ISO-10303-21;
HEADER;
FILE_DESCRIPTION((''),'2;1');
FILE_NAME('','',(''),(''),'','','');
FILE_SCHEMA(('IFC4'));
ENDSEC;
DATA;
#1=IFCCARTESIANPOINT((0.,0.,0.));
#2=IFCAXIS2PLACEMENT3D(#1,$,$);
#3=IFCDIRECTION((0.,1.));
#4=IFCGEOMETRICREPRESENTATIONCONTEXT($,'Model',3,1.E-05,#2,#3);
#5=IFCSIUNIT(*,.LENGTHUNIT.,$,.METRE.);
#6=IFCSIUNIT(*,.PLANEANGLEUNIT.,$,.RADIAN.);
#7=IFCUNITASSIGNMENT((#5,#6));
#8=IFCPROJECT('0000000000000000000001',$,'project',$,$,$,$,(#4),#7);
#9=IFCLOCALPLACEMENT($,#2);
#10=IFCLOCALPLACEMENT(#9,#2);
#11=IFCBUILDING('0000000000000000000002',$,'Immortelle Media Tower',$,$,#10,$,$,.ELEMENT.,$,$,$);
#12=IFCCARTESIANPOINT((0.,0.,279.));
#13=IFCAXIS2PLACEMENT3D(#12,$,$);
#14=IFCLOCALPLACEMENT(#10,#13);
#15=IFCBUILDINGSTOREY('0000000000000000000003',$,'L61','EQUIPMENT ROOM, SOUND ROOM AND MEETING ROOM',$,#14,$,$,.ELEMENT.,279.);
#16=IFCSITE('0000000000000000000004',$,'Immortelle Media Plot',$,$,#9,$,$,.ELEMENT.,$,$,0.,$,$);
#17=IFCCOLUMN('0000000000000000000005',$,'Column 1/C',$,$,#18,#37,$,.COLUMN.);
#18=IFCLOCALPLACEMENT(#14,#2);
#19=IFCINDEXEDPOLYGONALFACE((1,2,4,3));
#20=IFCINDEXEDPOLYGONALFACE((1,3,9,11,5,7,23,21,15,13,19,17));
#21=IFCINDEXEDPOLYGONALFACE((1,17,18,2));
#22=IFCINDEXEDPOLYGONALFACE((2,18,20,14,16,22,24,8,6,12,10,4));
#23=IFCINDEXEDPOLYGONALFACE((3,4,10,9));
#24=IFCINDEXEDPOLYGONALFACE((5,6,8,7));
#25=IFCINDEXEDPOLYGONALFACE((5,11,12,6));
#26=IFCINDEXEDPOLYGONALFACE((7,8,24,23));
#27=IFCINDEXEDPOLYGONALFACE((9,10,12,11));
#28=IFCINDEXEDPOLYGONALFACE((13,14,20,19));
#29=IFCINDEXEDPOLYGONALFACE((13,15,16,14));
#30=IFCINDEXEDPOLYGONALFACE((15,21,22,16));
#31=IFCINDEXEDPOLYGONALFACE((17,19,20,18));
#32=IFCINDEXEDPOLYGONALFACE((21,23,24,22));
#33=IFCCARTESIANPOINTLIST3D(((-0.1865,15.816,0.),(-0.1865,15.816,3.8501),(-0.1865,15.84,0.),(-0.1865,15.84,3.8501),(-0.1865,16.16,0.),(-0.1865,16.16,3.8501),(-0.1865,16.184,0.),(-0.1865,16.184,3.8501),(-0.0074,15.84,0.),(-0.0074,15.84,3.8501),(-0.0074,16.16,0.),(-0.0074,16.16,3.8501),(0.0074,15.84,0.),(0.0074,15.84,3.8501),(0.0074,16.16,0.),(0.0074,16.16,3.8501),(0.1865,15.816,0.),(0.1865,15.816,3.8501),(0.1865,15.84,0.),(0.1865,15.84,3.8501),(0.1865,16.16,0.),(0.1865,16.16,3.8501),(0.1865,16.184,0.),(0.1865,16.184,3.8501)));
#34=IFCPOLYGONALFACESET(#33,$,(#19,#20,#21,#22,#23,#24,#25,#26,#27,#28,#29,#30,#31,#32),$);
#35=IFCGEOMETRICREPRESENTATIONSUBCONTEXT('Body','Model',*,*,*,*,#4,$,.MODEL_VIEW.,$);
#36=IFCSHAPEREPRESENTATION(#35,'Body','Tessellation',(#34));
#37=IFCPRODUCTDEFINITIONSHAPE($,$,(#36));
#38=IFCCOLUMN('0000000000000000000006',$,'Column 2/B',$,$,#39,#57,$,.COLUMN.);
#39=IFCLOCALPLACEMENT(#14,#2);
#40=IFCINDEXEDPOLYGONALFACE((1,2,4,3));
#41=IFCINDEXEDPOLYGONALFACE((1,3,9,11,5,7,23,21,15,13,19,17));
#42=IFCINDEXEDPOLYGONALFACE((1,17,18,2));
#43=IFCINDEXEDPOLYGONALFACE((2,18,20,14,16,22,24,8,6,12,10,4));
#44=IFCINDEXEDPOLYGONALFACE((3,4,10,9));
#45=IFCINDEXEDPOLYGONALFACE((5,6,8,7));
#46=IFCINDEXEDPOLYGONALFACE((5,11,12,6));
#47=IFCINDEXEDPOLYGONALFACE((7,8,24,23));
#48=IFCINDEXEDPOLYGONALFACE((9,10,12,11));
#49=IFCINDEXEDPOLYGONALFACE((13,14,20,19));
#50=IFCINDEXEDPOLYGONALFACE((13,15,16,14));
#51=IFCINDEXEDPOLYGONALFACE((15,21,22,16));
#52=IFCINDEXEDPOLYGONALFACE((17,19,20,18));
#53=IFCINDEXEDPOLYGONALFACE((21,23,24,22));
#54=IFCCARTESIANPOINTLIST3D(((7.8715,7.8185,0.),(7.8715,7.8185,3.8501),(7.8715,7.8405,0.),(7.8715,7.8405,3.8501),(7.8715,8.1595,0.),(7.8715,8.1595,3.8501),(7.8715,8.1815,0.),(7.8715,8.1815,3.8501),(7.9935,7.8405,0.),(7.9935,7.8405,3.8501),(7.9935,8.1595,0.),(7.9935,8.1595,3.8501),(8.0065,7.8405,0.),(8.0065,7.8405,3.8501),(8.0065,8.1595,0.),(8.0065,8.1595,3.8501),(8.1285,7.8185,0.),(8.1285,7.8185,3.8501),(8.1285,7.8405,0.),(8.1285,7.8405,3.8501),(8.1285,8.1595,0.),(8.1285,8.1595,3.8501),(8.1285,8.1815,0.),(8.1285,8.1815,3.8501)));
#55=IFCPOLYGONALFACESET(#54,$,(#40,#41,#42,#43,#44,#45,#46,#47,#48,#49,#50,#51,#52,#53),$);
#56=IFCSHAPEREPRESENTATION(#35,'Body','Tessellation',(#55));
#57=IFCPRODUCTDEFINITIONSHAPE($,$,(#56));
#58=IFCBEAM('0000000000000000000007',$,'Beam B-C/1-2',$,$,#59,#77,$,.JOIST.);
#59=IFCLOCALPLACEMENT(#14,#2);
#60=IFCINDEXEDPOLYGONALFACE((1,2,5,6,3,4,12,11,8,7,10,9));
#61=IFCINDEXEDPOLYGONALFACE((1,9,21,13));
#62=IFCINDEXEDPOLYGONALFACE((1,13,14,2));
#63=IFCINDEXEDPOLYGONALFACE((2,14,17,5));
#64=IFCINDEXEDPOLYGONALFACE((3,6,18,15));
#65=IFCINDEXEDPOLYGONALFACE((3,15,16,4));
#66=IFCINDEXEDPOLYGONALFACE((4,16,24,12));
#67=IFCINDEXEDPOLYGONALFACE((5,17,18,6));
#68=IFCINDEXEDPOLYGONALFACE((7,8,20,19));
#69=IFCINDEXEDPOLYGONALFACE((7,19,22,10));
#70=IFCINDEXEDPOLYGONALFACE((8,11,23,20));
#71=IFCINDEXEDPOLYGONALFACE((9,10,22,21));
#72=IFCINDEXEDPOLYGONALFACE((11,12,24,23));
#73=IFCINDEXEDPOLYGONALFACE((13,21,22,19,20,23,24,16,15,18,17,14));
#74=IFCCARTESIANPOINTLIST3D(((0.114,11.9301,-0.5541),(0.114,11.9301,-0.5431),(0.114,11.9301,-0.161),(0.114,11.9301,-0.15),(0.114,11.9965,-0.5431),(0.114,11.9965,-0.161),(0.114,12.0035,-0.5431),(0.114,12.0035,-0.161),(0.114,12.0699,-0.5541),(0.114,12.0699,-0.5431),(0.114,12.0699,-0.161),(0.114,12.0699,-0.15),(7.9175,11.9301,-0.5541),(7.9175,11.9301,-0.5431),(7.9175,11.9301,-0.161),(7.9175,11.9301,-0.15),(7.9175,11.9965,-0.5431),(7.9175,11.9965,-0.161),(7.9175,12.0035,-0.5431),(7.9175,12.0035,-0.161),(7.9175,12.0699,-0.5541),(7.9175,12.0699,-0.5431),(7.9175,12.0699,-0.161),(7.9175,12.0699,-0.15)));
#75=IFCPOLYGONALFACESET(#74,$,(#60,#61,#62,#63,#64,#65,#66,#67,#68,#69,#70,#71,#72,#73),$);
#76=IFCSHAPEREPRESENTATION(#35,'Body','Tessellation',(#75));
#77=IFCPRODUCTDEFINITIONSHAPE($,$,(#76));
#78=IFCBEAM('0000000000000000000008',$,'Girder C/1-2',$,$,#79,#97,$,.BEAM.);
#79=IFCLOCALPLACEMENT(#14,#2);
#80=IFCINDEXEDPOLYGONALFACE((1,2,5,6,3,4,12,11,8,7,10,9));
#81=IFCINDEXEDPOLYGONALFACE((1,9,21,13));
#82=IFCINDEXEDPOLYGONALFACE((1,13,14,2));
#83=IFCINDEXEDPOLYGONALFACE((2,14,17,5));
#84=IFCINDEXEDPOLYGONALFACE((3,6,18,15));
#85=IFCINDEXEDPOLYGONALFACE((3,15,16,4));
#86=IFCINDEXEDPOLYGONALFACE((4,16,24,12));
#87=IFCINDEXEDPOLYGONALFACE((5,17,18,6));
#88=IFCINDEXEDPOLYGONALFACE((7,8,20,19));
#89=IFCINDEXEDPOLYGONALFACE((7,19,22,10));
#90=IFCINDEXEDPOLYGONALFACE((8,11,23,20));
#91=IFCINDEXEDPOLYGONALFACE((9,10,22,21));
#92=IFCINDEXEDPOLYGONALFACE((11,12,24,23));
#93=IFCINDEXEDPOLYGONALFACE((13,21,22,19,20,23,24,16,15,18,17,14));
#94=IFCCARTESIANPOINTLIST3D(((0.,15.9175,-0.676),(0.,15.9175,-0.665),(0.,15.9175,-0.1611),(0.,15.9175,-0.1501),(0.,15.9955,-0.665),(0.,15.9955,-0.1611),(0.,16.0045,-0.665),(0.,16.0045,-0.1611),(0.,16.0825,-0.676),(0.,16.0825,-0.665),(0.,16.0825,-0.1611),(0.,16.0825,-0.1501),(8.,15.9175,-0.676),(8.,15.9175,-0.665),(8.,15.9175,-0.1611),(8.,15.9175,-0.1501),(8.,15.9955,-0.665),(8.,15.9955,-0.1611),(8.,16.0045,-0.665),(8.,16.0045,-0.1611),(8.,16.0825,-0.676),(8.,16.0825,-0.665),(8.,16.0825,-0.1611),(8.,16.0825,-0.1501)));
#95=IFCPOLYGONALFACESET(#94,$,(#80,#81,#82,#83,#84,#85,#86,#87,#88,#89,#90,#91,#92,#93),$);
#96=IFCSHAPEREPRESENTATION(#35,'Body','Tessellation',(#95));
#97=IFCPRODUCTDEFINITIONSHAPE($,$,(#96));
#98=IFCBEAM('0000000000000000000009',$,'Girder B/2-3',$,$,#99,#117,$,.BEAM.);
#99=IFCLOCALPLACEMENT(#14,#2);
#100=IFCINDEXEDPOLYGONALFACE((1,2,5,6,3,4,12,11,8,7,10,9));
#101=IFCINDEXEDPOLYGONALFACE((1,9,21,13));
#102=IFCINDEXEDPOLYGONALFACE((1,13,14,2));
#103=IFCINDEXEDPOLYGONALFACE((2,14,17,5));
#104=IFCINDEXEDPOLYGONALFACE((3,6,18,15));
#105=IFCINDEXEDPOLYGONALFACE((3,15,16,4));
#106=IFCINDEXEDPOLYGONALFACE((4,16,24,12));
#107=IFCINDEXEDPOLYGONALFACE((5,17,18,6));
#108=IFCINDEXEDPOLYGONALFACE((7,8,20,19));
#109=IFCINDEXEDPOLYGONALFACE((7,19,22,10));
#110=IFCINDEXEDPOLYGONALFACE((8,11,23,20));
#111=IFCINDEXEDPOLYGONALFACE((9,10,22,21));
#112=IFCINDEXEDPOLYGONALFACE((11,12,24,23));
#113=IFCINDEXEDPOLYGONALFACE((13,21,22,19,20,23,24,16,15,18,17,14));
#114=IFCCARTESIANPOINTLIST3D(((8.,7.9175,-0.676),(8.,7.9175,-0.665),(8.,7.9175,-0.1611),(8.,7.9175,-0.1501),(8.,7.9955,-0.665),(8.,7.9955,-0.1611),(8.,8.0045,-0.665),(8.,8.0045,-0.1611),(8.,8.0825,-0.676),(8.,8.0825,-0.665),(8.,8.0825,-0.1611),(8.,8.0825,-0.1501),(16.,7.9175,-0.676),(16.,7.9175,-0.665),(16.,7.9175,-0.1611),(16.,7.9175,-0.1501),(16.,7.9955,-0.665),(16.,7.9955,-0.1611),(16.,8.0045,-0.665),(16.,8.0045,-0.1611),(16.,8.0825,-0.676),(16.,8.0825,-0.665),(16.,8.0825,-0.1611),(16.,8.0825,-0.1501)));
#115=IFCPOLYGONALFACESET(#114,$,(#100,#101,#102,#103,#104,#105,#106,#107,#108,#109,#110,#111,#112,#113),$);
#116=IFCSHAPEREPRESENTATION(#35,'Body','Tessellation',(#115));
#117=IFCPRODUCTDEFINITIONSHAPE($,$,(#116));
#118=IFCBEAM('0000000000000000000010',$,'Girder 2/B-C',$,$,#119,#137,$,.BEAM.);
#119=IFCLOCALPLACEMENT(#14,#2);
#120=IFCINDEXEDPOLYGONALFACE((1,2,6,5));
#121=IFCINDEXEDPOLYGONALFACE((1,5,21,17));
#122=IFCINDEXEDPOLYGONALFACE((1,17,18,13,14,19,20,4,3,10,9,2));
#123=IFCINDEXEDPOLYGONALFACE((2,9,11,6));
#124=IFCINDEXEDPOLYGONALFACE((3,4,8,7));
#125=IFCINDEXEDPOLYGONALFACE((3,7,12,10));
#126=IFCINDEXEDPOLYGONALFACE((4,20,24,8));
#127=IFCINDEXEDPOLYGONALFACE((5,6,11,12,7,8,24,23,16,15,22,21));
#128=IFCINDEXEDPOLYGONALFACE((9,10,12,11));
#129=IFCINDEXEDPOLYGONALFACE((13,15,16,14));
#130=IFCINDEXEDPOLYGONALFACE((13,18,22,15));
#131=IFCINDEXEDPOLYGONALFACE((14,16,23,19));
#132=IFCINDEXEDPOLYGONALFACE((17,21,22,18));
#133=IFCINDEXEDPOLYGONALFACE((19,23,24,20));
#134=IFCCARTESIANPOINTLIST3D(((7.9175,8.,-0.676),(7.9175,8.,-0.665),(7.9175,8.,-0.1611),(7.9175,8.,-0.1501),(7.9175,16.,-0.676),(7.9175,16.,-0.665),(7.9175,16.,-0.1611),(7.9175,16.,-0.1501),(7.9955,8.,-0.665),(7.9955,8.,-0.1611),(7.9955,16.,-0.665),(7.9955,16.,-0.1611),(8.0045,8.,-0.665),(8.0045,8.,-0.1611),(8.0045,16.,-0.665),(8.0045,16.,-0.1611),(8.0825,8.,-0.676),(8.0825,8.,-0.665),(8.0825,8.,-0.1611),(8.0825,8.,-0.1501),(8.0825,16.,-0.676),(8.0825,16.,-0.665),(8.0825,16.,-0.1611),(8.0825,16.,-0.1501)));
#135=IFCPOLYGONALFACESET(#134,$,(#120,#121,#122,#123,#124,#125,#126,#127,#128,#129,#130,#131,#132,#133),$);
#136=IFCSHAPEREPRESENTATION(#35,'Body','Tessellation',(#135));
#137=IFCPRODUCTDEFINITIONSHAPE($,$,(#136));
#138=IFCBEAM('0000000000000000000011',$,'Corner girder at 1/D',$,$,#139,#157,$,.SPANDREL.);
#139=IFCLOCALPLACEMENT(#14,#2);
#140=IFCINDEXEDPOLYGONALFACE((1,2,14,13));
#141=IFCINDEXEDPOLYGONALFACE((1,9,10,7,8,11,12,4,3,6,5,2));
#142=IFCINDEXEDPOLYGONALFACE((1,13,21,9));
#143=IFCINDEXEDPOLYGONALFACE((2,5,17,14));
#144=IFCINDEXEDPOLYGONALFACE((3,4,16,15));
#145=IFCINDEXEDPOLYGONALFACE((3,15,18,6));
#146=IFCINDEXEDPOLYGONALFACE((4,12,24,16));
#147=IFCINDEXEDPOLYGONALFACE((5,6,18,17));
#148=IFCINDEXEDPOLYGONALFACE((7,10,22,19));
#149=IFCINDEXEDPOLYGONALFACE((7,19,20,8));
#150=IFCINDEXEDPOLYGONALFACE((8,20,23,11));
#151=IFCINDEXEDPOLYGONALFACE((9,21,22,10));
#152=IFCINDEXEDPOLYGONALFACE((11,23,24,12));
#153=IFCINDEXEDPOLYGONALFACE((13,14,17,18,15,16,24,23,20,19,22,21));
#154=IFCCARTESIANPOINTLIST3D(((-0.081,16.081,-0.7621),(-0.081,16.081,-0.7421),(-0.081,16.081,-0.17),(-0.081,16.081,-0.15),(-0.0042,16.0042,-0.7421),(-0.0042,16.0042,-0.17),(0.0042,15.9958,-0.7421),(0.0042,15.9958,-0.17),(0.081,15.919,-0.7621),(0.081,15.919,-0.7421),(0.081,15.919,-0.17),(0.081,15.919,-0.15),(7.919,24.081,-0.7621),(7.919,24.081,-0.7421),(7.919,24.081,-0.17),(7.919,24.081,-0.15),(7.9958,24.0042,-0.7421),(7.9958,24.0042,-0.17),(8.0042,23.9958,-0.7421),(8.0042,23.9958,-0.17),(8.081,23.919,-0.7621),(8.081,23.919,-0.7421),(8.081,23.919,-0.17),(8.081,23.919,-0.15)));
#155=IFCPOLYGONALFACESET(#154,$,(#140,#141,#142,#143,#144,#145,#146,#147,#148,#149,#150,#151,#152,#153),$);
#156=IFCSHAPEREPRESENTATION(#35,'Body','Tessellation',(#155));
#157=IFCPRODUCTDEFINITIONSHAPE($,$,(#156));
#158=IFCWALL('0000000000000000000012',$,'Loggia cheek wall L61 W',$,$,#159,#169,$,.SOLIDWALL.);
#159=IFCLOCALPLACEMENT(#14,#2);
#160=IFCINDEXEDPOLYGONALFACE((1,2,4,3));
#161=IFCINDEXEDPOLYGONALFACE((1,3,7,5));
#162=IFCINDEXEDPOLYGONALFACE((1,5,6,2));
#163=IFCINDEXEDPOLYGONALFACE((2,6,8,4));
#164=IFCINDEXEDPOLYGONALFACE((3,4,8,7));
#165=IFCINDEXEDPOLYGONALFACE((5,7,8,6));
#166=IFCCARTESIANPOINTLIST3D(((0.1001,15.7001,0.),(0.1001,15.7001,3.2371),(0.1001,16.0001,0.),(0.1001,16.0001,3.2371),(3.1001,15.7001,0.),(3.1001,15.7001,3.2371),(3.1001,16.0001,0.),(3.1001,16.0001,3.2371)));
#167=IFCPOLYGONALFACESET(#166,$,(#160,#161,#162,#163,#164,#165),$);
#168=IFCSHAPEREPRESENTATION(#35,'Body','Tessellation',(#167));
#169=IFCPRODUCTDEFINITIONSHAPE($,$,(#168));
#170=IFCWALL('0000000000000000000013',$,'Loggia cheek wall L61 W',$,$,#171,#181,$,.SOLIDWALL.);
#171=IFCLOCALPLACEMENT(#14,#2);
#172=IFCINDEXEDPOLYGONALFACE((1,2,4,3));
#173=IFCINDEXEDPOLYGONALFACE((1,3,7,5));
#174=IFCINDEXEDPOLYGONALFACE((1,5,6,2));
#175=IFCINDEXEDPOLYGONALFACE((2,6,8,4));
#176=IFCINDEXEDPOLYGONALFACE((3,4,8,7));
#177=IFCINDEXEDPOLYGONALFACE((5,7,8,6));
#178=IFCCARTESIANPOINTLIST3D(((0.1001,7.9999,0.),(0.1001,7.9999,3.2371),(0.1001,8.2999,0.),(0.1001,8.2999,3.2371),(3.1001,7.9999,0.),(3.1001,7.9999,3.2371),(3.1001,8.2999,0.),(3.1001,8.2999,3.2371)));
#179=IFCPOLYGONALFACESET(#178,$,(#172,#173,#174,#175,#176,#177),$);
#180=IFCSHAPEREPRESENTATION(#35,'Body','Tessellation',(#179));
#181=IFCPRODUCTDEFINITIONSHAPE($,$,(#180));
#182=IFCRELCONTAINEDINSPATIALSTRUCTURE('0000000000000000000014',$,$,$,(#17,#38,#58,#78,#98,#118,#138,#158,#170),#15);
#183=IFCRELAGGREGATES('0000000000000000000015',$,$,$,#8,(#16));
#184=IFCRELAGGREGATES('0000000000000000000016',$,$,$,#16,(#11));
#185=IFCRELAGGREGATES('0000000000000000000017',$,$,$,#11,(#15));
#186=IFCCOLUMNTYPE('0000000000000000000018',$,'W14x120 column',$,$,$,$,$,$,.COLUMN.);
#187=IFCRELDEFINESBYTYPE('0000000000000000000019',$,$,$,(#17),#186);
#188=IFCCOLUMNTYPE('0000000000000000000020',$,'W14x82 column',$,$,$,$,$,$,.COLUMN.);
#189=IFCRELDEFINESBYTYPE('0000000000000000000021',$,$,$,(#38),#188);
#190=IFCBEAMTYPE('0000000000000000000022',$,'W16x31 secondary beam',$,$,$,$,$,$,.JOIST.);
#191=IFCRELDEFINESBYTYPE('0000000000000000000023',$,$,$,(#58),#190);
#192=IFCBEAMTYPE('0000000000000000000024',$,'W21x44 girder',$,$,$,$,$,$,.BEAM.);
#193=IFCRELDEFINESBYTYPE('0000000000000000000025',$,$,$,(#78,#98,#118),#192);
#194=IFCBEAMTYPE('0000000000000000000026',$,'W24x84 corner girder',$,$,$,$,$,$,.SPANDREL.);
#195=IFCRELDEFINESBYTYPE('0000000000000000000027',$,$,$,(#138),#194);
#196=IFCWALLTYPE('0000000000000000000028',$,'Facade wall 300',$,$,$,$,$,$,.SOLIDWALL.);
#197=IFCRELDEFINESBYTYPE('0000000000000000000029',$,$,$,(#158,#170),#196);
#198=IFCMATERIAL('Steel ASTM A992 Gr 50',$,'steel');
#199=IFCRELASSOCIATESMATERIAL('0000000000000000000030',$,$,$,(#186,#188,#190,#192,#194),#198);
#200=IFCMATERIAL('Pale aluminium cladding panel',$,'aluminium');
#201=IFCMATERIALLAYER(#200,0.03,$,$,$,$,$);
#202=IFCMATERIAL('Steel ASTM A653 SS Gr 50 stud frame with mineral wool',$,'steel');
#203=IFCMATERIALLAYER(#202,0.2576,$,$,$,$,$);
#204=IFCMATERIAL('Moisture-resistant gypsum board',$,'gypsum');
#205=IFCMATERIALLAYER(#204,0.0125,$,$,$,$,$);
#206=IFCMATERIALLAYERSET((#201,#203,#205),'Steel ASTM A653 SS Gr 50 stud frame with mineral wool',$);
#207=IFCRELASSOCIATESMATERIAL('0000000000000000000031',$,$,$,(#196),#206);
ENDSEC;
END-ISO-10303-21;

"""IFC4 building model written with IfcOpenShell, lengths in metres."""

from ifc_helpers import new_model, si_unit, direction, frame, frame_2d, origin, origin_2d, place, context, subcontext, project, spatial, rectangle, i_section, extrude, material, layer, layer_set, material_profile, profile_set, type_object, element, save


model = new_model("IFC4")

# Units and contexts
model_context = context("Model", 3, precision=1e-05, world=origin(), true_north=direction((0.0, 1.0)))
body_context = subcontext(model_context, "Body", "Model", "MODEL_VIEW")
ifc_project = project(units=[si_unit("LENGTHUNIT", "METRE"), si_unit("PLANEANGLEUNIT", "RADIAN")], contexts=[model_context])

# Site, building, storey
site_placement = place(None, origin())
site = spatial("IfcSite", under=ifc_project, at=site_placement, Name="Immortelle Media Plot", CompositionType="ELEMENT", RefElevation=0.0)
building_placement = place(site_placement, origin())
building = spatial("IfcBuilding", under=site, at=building_placement, Name="Immortelle Media Tower", CompositionType="ELEMENT")
storey_placement = place(building_placement, frame((0.0, 0.0, 279.0)))
storey = spatial("IfcBuildingStorey", under=building, at=storey_placement, Name="L61", Description="EQUIPMENT ROOM, SOUND ROOM AND MEETING ROOM", CompositionType="ELEMENT", Elevation=279.0)

# Columns
ifc_material_1 = material(Name="Steel ASTM A992 Gr 50", Category="steel")
ifc_material_profile_1 = material_profile(ifc_material_1, i_section(OverallWidth=0.373, OverallDepth=0.3679, WebThickness=0.0149, FlangeThickness=0.0239, at=origin_2d()), Name="W14x120")
ifc_profile_set_1 = profile_set([ifc_material_profile_1], Name="Steel ASTM A992 Gr 50")
column_type_1 = type_object("IfcColumnType", Name="W14x120 column", PredefinedType="COLUMN", material=ifc_profile_set_1)
column_1_placement = place(storey_placement, frame((0.0, 16.0, 0.0), z_axis=(0.0, 0.0, 1.0), x_axis=(1.0, 0.0, 0.0)))
element("IfcColumn", 1, at=column_1_placement, inside=storey, type_object=column_type_1, Name="Column 1/C", PredefinedType="COLUMN", context=body_context, shape_type="SweptSolid", body=[
    extrude(i_section(OverallWidth=0.373, OverallDepth=0.3679, WebThickness=0.0149, FlangeThickness=0.0239, at=origin_2d()), origin(), (0.0, 0.0, 1.0), 3.8501),
])
ifc_material_profile_2 = material_profile(ifc_material_1, i_section(OverallWidth=0.2571, OverallDepth=0.363, WebThickness=0.0129, FlangeThickness=0.022, at=origin_2d()), Name="W14x82")
ifc_profile_set_2 = profile_set([ifc_material_profile_2], Name="Steel ASTM A992 Gr 50")
column_type_2 = type_object("IfcColumnType", Name="W14x82 column", PredefinedType="COLUMN", material=ifc_profile_set_2)
column_2_placement = place(storey_placement, frame((8.0, 8.0, 0.0), z_axis=(0.0, 0.0, 1.0), x_axis=(1.0, 0.0, 0.0)))
element("IfcColumn", 2, at=column_2_placement, inside=storey, type_object=column_type_2, Name="Column 2/B", PredefinedType="COLUMN", context=body_context, shape_type="SweptSolid", body=[
    extrude(i_section(OverallWidth=0.2571, OverallDepth=0.363, WebThickness=0.0129, FlangeThickness=0.022, at=origin_2d()), origin(), (0.0, 0.0, 1.0), 3.8501),
])

# Beams
ifc_material_profile_3 = material_profile(ifc_material_1, i_section(OverallWidth=0.1399, OverallDepth=0.4041, WebThickness=0.0071, FlangeThickness=0.011, at=origin_2d()), Name="W16x31")
ifc_profile_set_3 = profile_set([ifc_material_profile_3], Name="Steel ASTM A992 Gr 50")
beam_type_1 = type_object("IfcBeamType", Name="W16x31 secondary beam", PredefinedType="JOIST", material=ifc_profile_set_3)
beam_1_placement = place(storey_placement, frame((0.114, 12.0, -0.3521), z_axis=(1.0, 0.0, 0.0), x_axis=(0.0, 1.0, 0.0)))
element("IfcBeam", 3, at=beam_1_placement, inside=storey, type_object=beam_type_1, Name="Beam B-C/1-2", PredefinedType="JOIST", context=body_context, shape_type="SweptSolid", body=[
    extrude(i_section(OverallWidth=0.1399, OverallDepth=0.4041, WebThickness=0.0071, FlangeThickness=0.011, at=origin_2d()), origin(), (0.0, 0.0, 1.0), 7.8035),
])
ifc_material_profile_4 = material_profile(ifc_material_1, i_section(OverallWidth=0.165, OverallDepth=0.5259, WebThickness=0.009, FlangeThickness=0.011, at=origin_2d()), Name="W21x44")
ifc_profile_set_4 = profile_set([ifc_material_profile_4], Name="Steel ASTM A992 Gr 50")
beam_type_2 = type_object("IfcBeamType", Name="W21x44 girder", PredefinedType="BEAM", material=ifc_profile_set_4)
for number, where, z_axis, x_axis, name in (
    (4, (0.0, 16.0, -0.4131), (1.0, 0.0, 0.0), (0.0, 1.0, 0.0), "Girder C/1-2"),
    (5, (8.0, 8.0, -0.4131), (1.0, 0.0, 0.0), (0.0, 1.0, 0.0), "Girder B/2-3"),
    (6, (8.0, 8.0, -0.4131), (0.0, 1.0, 0.0), (-1.0, 0.0, 0.0), "Girder 2/B-C"),
):
    element("IfcBeam", number, at=place(storey_placement, frame(where, z_axis=z_axis, x_axis=x_axis)), inside=storey, type_object=beam_type_2, Name=name, PredefinedType="BEAM", context=body_context, shape_type="SweptSolid", body=[
        extrude(i_section(OverallWidth=0.165, OverallDepth=0.5259, WebThickness=0.009, FlangeThickness=0.011, at=origin_2d()), origin(), (0.0, 0.0, 1.0), 8.0),
    ])
ifc_material_profile_5 = material_profile(ifc_material_1, i_section(OverallWidth=0.229, OverallDepth=0.6121, WebThickness=0.012, FlangeThickness=0.02, at=origin_2d()), Name="W24x84")
ifc_profile_set_5 = profile_set([ifc_material_profile_5], Name="Steel ASTM A992 Gr 50")
beam_type_3 = type_object("IfcBeamType", Name="W24x84 corner girder", PredefinedType="SPANDREL", material=ifc_profile_set_5)
beam_2_placement = place(storey_placement, frame((0.0, 16.0, -0.4561), z_axis=(0.707107, 0.707107, 0.0), x_axis=(-0.707107, 0.707107, 0.0)))
element("IfcBeam", 7, at=beam_2_placement, inside=storey, type_object=beam_type_3, Name="Corner girder at 1/D", PredefinedType="SPANDREL", context=body_context, shape_type="SweptSolid", body=[
    extrude(i_section(OverallWidth=0.229, OverallDepth=0.6121, WebThickness=0.012, FlangeThickness=0.02, at=origin_2d()), origin(), (0.0, 0.0, 1.0), 11.3137),
])

# Shared definitions
ifc_material_2 = material(Name="Pale aluminium cladding panel", Category="aluminium")
ifc_layer_1 = layer(ifc_material_2, 0.03)
ifc_material_3 = material(Name="Steel ASTM A653 SS Gr 50 stud frame with mineral wool", Category="steel")
ifc_layer_2 = layer(ifc_material_3, 0.2576)
ifc_material_4 = material(Name="Moisture-resistant gypsum board", Category="gypsum")
ifc_layer_3 = layer(ifc_material_4, 0.0125)
ifc_layer_set_1 = layer_set([ifc_layer_1, ifc_layer_2, ifc_layer_3], Name="Steel ASTM A653 SS Gr 50 stud frame with mineral wool")
wall_type_1 = type_object("IfcWallType", Name="Facade wall 300", PredefinedType="SOLIDWALL", material=ifc_layer_set_1)

# Walls
for number, where, z_axis, x_axis, name in (
    (8, (0.1001, 15.8501, 0.0), (0.0, 0.0, 1.0), (1.0, 0.0, 0.0), "Loggia cheek wall L61 W"),
    (9, (0.1001, 8.1499, 0.0), (0.0, 0.0, 1.0), (1.0, 0.0, 0.0), "Loggia cheek wall L61 W"),
):
    element("IfcWall", number, at=place(storey_placement, frame(where, z_axis=z_axis, x_axis=x_axis)), inside=storey, type_object=wall_type_1, Name=name, PredefinedType="SOLIDWALL", context=body_context, shape_type="SweptSolid", body=[
        extrude(rectangle(XDim=3.0, YDim=0.3, at=frame_2d((1.5, 0.0))), origin(), (0.0, 0.0, 1.0), 3.2371),
    ])

save(model, "model.ifc")
